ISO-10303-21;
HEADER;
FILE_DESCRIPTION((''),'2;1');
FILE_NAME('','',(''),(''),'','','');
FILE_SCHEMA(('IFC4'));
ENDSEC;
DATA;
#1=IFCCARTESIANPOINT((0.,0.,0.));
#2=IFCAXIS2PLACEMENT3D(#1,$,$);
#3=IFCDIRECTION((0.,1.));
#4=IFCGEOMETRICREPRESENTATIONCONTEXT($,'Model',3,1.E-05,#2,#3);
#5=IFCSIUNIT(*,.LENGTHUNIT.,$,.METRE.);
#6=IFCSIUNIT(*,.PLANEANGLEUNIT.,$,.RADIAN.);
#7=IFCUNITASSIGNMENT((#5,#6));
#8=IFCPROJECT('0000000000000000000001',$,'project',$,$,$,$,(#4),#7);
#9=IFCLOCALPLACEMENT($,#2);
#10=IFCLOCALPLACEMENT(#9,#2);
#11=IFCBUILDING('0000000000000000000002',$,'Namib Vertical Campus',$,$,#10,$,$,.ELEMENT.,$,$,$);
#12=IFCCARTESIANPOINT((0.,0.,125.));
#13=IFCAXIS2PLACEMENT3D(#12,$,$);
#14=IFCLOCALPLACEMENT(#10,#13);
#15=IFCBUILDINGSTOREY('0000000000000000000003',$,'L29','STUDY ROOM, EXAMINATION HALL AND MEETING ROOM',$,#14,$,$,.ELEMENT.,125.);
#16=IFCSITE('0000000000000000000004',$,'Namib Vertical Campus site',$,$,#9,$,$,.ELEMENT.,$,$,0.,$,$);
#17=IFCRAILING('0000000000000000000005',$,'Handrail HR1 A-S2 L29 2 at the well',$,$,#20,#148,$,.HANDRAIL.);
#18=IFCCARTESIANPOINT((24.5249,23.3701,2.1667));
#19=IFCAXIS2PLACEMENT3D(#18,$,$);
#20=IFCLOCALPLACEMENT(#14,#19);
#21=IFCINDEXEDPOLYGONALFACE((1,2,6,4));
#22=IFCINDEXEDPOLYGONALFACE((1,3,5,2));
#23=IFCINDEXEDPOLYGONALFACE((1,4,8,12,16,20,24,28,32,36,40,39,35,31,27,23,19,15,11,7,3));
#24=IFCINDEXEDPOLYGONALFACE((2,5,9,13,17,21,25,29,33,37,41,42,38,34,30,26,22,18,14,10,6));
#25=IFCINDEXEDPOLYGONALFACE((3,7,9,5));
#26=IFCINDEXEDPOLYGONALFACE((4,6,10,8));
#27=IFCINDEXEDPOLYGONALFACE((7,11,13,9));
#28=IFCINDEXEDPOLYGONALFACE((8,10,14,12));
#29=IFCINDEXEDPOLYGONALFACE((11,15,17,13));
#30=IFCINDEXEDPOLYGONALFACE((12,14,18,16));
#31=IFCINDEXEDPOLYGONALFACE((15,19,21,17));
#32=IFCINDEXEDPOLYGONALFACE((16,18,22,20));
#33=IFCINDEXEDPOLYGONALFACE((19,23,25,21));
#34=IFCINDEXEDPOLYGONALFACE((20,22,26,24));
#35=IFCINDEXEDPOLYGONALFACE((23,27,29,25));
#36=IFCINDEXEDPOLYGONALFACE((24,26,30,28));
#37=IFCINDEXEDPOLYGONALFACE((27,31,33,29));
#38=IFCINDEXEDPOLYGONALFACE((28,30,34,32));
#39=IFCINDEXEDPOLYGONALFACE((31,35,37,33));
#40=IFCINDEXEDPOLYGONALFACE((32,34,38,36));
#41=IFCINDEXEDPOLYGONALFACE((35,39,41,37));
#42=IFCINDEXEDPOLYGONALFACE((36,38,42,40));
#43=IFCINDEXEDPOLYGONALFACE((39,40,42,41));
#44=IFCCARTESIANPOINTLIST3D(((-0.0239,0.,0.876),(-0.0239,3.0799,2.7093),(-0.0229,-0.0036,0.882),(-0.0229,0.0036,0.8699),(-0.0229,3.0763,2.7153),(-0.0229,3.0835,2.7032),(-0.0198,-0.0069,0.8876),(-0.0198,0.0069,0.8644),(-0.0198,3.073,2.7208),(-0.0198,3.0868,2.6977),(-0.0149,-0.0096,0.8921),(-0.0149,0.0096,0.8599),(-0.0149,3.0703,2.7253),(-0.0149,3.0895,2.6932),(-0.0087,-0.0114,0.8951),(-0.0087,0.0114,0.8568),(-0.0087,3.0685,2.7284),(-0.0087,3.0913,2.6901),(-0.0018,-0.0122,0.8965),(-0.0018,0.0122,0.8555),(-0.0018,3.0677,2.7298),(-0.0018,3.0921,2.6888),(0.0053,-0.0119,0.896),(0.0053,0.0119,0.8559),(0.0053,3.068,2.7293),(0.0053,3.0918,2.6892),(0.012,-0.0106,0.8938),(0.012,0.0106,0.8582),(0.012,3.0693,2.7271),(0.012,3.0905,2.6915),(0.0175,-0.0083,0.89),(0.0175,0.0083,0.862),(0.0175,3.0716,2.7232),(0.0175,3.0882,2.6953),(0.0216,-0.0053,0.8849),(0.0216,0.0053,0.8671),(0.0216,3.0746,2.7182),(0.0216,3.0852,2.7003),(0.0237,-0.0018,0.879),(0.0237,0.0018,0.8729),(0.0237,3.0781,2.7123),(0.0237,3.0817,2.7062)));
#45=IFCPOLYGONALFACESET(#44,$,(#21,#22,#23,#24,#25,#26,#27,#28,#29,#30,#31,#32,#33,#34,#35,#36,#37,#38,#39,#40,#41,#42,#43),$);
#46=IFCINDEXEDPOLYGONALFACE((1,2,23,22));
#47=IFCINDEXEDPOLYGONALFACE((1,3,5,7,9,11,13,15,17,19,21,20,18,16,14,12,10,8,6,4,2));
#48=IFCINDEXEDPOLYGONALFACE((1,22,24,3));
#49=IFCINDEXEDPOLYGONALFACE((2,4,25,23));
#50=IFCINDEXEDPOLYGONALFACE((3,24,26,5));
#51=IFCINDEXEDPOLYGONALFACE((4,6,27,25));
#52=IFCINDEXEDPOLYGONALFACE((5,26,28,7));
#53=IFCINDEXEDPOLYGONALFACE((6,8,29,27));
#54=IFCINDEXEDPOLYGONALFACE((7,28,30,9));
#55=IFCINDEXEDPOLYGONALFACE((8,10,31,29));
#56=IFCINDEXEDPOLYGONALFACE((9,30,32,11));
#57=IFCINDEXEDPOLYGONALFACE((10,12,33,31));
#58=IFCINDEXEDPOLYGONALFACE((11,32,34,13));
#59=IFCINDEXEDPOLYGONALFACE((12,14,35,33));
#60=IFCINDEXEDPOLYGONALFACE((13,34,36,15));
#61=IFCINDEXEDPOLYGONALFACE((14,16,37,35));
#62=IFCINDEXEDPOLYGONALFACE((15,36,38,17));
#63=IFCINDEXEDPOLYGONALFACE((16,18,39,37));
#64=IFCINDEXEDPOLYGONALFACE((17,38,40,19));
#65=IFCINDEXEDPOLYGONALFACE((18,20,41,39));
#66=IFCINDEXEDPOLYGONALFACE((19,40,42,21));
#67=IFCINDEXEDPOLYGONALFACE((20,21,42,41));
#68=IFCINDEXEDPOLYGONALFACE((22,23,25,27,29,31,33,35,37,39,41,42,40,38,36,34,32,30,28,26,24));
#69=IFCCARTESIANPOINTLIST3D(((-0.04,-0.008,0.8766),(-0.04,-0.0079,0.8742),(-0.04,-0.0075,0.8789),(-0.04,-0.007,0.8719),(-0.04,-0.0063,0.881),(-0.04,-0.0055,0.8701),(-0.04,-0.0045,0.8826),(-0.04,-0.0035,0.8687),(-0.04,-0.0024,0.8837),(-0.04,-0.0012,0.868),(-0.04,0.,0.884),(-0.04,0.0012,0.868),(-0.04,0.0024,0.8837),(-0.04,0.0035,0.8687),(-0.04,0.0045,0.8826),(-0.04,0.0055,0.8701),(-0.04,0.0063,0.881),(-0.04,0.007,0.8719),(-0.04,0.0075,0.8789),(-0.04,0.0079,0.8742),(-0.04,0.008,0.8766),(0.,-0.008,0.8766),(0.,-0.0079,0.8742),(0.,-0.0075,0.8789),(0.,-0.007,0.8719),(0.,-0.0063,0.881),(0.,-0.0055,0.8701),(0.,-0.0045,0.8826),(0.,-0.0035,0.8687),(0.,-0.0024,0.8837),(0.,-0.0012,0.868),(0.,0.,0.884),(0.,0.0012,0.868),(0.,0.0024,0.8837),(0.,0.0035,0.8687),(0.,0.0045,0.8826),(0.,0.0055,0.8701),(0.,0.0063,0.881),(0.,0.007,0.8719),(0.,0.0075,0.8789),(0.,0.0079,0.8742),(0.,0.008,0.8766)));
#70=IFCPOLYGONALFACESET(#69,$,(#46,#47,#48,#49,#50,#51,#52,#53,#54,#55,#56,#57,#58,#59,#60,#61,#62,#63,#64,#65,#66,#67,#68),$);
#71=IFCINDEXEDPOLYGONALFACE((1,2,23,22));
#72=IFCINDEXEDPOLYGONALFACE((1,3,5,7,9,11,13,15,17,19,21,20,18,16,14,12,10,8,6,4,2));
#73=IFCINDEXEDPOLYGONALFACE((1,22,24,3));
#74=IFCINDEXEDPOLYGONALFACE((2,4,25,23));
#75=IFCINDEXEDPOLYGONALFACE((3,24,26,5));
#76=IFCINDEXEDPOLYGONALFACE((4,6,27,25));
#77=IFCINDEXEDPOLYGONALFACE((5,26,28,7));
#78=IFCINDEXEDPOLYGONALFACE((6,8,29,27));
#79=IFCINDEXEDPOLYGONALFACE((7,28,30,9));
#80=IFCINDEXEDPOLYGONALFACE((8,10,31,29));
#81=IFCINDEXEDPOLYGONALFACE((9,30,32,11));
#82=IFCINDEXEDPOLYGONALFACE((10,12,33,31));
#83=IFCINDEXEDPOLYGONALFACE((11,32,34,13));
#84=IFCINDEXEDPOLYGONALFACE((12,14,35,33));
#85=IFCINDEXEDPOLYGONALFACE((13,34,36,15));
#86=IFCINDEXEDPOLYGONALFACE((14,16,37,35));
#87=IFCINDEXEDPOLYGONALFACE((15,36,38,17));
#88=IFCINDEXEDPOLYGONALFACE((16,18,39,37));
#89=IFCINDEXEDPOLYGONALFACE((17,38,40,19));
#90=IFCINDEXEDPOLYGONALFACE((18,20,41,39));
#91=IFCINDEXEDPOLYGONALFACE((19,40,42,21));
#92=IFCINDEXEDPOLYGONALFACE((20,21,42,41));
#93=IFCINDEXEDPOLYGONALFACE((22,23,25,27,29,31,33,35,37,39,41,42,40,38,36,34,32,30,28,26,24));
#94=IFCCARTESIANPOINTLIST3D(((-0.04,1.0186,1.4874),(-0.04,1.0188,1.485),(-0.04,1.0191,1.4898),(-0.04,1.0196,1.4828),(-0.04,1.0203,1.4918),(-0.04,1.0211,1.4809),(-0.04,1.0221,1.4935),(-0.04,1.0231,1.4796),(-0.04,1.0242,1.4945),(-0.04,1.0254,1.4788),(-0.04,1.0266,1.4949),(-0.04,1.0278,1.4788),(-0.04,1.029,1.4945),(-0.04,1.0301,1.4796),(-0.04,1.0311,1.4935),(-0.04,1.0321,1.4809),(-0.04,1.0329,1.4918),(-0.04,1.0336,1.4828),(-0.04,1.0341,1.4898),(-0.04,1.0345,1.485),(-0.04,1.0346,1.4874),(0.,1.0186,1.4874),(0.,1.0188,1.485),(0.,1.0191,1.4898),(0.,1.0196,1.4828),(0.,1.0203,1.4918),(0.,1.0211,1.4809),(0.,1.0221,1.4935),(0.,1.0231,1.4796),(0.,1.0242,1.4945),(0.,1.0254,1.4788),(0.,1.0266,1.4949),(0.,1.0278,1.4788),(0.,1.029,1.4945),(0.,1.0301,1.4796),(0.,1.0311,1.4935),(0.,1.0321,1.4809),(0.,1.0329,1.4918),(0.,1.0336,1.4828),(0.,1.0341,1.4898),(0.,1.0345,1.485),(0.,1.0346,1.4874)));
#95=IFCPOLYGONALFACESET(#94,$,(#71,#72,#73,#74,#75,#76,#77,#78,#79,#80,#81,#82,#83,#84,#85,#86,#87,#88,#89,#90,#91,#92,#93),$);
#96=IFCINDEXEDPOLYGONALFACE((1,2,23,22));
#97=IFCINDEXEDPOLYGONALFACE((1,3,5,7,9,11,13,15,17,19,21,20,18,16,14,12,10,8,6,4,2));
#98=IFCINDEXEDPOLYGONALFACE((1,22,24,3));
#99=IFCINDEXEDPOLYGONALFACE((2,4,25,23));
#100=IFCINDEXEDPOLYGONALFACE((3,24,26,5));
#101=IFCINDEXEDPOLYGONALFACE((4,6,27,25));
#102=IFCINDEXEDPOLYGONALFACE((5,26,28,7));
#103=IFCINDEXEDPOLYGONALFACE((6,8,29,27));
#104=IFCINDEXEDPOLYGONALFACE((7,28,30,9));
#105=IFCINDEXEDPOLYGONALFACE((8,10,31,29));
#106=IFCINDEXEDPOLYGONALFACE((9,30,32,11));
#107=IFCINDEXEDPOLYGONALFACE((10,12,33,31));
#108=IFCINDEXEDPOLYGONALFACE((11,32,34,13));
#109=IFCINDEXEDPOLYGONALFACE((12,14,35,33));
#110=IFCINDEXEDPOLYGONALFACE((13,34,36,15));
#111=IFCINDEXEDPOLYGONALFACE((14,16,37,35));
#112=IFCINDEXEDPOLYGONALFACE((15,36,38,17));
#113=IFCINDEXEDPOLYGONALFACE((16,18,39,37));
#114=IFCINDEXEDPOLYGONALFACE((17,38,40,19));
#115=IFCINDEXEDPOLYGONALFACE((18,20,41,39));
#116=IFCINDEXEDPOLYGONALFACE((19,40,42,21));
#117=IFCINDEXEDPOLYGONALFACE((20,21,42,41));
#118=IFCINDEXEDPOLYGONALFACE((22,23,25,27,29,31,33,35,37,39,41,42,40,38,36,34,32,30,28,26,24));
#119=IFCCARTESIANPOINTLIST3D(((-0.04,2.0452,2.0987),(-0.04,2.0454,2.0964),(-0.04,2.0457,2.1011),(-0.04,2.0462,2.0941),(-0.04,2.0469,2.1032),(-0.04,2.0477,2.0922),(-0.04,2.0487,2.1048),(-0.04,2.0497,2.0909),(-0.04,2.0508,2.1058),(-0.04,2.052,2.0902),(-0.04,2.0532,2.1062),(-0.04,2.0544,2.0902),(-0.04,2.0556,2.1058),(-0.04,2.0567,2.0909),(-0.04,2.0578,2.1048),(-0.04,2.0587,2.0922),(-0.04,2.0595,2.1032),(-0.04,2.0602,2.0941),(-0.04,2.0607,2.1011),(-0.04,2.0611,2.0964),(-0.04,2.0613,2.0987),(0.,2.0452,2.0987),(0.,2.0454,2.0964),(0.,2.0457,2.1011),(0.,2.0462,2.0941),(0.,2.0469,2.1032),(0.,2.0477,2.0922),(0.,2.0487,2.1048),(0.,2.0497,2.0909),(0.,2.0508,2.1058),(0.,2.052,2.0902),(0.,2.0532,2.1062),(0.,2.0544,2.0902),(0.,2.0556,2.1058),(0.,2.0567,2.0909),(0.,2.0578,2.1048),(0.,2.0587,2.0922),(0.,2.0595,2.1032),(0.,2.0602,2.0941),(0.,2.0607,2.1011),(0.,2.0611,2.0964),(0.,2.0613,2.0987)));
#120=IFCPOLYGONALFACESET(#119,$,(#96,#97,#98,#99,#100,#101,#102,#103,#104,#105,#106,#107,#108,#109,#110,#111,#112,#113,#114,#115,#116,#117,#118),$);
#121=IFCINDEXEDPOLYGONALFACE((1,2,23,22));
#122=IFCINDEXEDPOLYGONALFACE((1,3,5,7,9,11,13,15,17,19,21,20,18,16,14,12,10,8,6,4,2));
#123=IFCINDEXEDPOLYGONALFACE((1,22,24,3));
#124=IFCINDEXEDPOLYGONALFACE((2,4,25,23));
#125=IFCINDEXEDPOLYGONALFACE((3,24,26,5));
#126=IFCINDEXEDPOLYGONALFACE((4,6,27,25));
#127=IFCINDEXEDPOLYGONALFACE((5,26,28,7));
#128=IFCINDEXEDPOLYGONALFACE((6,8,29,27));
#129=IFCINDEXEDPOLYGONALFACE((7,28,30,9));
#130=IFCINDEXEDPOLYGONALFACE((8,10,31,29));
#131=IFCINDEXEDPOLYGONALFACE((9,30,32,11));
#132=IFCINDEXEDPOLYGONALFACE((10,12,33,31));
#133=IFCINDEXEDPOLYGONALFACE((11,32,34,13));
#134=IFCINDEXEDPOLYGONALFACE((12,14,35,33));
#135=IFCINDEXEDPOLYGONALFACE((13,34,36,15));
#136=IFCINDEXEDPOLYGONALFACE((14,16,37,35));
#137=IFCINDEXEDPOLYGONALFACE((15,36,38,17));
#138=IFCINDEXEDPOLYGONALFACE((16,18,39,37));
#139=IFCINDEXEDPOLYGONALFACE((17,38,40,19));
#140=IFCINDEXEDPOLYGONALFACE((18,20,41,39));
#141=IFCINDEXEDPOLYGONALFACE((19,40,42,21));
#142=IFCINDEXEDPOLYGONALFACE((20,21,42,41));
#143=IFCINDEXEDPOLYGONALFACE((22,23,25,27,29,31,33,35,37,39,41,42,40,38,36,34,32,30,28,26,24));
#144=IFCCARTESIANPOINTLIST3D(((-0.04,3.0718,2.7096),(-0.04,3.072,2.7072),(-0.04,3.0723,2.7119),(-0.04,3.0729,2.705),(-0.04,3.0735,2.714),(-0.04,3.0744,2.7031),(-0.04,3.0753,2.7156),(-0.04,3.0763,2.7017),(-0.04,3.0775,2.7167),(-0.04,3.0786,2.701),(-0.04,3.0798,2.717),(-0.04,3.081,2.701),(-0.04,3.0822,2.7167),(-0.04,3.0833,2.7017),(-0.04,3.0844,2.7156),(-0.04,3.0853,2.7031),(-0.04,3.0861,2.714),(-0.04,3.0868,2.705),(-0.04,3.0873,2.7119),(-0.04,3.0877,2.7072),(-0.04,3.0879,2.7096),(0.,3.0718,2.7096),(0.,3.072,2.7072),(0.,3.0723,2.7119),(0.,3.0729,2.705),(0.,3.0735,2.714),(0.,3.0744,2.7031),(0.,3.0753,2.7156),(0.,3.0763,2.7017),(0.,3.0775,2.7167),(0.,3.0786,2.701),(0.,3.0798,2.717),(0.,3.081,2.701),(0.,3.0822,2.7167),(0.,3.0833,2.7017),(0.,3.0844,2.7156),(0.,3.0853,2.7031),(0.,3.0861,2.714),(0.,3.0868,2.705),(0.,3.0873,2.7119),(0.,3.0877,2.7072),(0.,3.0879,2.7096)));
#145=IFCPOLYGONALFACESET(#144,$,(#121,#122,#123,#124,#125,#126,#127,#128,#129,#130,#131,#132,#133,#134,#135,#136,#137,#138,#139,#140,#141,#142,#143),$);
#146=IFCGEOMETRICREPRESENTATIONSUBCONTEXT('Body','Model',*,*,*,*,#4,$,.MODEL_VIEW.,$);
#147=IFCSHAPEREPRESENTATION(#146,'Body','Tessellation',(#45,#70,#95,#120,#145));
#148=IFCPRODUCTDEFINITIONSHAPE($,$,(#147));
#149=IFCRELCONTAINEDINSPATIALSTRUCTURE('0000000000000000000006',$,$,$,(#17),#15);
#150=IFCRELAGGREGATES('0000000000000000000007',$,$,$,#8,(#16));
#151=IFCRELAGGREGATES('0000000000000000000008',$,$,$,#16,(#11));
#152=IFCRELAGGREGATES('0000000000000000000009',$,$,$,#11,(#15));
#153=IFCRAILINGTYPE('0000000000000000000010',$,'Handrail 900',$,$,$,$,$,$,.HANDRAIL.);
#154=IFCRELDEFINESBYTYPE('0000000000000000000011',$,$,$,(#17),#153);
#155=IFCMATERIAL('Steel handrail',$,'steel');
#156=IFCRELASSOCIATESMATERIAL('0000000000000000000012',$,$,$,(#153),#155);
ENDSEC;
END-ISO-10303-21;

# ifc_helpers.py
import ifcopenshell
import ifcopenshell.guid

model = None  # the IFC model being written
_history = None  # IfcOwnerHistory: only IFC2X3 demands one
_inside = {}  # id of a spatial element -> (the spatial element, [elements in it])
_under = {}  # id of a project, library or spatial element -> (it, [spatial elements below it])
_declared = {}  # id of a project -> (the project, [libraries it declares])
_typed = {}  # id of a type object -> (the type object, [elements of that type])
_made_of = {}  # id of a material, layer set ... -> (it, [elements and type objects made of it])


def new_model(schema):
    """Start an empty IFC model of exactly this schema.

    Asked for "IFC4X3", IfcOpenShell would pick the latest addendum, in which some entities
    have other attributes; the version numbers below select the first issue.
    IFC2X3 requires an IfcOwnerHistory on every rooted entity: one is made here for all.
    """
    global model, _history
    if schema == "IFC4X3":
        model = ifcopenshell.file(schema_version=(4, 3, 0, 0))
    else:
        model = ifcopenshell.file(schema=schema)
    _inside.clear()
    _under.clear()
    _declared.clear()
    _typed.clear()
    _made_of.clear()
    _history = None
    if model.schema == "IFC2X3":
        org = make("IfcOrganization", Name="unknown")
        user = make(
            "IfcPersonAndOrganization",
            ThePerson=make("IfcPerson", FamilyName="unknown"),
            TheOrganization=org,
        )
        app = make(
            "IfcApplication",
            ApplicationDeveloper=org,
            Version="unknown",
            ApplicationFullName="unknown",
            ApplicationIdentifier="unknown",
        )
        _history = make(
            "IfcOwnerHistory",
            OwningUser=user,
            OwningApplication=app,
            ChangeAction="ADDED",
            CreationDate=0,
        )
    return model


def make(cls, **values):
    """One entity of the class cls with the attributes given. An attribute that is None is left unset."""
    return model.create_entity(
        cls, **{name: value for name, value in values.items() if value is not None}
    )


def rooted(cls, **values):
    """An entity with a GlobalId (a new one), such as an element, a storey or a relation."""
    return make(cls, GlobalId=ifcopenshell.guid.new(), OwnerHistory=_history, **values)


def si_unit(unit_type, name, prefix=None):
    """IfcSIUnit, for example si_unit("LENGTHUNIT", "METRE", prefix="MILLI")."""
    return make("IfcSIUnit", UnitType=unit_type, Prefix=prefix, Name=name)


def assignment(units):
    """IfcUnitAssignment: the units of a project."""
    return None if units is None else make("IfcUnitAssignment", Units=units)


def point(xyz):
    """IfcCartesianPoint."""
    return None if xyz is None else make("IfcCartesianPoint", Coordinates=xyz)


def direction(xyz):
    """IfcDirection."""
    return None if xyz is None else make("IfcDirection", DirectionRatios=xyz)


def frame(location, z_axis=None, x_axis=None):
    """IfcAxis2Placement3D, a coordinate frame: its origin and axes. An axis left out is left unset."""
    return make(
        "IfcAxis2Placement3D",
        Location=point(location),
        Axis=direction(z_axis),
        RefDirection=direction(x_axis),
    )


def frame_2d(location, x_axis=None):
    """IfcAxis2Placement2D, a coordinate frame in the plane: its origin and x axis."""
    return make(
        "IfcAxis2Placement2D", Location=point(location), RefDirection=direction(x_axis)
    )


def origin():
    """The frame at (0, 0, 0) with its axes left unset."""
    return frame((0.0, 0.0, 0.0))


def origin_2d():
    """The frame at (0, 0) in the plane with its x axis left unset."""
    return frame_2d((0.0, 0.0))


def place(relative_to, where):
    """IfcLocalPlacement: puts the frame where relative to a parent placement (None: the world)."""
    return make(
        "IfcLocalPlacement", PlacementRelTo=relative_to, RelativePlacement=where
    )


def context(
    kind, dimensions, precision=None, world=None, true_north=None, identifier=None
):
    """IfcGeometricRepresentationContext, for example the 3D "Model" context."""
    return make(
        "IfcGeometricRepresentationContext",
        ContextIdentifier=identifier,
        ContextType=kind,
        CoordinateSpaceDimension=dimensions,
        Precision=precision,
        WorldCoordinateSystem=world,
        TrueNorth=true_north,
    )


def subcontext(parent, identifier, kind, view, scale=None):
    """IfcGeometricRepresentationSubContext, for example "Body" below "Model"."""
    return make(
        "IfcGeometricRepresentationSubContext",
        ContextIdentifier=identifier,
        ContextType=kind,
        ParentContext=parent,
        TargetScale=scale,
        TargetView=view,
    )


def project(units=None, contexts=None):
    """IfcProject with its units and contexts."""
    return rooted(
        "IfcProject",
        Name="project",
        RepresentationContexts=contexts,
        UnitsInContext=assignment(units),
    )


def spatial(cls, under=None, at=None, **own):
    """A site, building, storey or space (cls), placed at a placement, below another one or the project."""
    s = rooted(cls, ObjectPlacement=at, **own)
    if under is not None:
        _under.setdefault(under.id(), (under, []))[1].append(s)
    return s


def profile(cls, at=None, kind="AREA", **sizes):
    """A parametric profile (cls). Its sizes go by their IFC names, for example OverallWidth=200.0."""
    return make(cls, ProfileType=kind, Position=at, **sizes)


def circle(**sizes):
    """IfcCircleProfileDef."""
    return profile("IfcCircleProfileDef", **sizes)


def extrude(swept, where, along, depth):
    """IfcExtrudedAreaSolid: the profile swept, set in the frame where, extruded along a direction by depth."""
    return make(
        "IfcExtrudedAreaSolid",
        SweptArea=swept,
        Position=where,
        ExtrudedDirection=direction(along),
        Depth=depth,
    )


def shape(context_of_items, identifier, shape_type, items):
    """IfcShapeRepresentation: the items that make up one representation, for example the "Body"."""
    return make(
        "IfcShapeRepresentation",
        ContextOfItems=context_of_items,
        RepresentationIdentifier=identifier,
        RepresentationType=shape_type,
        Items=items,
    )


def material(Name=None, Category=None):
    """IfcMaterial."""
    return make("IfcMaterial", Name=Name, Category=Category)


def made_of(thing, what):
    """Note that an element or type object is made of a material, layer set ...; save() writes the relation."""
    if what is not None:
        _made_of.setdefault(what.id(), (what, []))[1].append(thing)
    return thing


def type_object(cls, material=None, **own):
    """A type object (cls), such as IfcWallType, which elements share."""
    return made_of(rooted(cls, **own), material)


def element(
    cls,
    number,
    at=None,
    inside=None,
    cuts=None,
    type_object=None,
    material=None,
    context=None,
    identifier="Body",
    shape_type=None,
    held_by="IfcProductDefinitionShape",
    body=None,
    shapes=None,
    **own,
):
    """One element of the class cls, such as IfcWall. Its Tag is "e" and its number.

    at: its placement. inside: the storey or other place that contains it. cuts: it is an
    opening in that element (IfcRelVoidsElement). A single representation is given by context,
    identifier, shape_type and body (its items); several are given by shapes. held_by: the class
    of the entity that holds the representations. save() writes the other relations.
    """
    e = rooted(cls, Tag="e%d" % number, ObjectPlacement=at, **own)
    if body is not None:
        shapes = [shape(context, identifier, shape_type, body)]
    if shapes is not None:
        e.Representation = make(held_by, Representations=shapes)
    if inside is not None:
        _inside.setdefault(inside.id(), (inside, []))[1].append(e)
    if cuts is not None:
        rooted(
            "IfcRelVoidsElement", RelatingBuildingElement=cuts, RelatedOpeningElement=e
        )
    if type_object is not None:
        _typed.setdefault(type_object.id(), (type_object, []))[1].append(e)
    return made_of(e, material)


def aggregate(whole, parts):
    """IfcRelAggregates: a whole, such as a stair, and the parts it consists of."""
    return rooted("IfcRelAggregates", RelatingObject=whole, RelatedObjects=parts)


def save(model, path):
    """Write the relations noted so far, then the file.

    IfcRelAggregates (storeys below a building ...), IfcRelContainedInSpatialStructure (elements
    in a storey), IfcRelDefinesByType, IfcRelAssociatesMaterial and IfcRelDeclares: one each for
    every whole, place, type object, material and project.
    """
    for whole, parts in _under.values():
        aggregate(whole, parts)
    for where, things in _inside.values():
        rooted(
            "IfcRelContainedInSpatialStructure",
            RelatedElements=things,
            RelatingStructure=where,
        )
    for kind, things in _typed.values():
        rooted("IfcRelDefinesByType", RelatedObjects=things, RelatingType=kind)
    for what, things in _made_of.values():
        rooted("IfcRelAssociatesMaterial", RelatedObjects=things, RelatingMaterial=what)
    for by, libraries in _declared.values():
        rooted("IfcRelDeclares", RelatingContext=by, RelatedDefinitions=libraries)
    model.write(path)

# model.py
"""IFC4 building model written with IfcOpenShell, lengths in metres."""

from ifc_helpers import new_model, si_unit, direction, frame, origin, origin_2d, place, context, subcontext, project, spatial, circle, extrude, material, type_object, element, save


model = new_model("IFC4")

# Units and contexts
model_context = context("Model", 3, precision=1e-05, world=origin(), true_north=direction((0.0, 1.0)))
body_context = subcontext(model_context, "Body", "Model", "MODEL_VIEW")
ifc_project = project(units=[si_unit("LENGTHUNIT", "METRE"), si_unit("PLANEANGLEUNIT", "RADIAN")], contexts=[model_context])

# Site, building, storey
site_placement = place(None, origin())
site = spatial("IfcSite", under=ifc_project, at=site_placement, Name="Namib Vertical Campus site", CompositionType="ELEMENT", RefElevation=0.0)
building_placement = place(site_placement, origin())
building = spatial("IfcBuilding", under=site, at=building_placement, Name="Namib Vertical Campus", CompositionType="ELEMENT")
storey_placement = place(building_placement, frame((0.0, 0.0, 125.0)))
storey = spatial("IfcBuildingStorey", under=building, at=storey_placement, Name="L29", Description="STUDY ROOM, EXAMINATION HALL AND MEETING ROOM", CompositionType="ELEMENT", Elevation=125.0)

# Railing
ifc_material_1 = material(Name="Steel handrail", Category="steel")
railing_type_1 = type_object("IfcRailingType", Name="Handrail 900", PredefinedType="HANDRAIL", material=ifc_material_1)
railing_1_placement = place(storey_placement, frame((24.5249, 23.3701, 2.1667)))
element("IfcRailing", 1, at=railing_1_placement, inside=storey, type_object=railing_type_1, Name="Handrail HR1 A-S2 L29 2 at the well", PredefinedType="HANDRAIL", context=body_context, shape_type="SweptSolid", body=[
    extrude(circle(Radius=0.0239, at=origin_2d()), frame((0.0, 0.0, 0.876), z_axis=(0.0, 0.859291, 0.511487), x_axis=(-1.0, 0.0, 0.0)), (0.0, 0.0, 1.0), 3.5842),
    extrude(circle(Radius=0.0081, at=origin_2d()), frame((0.0, 0.0, 0.876), z_axis=(-1.0, 0.0, 0.0), x_axis=(0.0, 0.0, 1.0)), (0.0, 0.0, 1.0), 0.04),
    extrude(circle(Radius=0.0081, at=origin_2d()), frame((0.0, 1.0266, 1.4868), z_axis=(-1.0, 0.0, 0.0), x_axis=(0.0, 0.0, 1.0)), (0.0, 0.0, 1.0), 0.04),
    extrude(circle(Radius=0.0081, at=origin_2d()), frame((0.0, 2.0532, 2.0981), z_axis=(-1.0, 0.0, 0.0), x_axis=(0.0, 0.0, 1.0)), (0.0, 0.0, 1.0), 0.04),
    extrude(circle(Radius=0.0081, at=origin_2d()), frame((0.0, 3.0798, 2.709), z_axis=(-1.0, 0.0, 0.0), x_axis=(0.0, 0.0, 1.0)), (0.0, 0.0, 1.0), 0.04),
])

save(model, "model.ifc")
